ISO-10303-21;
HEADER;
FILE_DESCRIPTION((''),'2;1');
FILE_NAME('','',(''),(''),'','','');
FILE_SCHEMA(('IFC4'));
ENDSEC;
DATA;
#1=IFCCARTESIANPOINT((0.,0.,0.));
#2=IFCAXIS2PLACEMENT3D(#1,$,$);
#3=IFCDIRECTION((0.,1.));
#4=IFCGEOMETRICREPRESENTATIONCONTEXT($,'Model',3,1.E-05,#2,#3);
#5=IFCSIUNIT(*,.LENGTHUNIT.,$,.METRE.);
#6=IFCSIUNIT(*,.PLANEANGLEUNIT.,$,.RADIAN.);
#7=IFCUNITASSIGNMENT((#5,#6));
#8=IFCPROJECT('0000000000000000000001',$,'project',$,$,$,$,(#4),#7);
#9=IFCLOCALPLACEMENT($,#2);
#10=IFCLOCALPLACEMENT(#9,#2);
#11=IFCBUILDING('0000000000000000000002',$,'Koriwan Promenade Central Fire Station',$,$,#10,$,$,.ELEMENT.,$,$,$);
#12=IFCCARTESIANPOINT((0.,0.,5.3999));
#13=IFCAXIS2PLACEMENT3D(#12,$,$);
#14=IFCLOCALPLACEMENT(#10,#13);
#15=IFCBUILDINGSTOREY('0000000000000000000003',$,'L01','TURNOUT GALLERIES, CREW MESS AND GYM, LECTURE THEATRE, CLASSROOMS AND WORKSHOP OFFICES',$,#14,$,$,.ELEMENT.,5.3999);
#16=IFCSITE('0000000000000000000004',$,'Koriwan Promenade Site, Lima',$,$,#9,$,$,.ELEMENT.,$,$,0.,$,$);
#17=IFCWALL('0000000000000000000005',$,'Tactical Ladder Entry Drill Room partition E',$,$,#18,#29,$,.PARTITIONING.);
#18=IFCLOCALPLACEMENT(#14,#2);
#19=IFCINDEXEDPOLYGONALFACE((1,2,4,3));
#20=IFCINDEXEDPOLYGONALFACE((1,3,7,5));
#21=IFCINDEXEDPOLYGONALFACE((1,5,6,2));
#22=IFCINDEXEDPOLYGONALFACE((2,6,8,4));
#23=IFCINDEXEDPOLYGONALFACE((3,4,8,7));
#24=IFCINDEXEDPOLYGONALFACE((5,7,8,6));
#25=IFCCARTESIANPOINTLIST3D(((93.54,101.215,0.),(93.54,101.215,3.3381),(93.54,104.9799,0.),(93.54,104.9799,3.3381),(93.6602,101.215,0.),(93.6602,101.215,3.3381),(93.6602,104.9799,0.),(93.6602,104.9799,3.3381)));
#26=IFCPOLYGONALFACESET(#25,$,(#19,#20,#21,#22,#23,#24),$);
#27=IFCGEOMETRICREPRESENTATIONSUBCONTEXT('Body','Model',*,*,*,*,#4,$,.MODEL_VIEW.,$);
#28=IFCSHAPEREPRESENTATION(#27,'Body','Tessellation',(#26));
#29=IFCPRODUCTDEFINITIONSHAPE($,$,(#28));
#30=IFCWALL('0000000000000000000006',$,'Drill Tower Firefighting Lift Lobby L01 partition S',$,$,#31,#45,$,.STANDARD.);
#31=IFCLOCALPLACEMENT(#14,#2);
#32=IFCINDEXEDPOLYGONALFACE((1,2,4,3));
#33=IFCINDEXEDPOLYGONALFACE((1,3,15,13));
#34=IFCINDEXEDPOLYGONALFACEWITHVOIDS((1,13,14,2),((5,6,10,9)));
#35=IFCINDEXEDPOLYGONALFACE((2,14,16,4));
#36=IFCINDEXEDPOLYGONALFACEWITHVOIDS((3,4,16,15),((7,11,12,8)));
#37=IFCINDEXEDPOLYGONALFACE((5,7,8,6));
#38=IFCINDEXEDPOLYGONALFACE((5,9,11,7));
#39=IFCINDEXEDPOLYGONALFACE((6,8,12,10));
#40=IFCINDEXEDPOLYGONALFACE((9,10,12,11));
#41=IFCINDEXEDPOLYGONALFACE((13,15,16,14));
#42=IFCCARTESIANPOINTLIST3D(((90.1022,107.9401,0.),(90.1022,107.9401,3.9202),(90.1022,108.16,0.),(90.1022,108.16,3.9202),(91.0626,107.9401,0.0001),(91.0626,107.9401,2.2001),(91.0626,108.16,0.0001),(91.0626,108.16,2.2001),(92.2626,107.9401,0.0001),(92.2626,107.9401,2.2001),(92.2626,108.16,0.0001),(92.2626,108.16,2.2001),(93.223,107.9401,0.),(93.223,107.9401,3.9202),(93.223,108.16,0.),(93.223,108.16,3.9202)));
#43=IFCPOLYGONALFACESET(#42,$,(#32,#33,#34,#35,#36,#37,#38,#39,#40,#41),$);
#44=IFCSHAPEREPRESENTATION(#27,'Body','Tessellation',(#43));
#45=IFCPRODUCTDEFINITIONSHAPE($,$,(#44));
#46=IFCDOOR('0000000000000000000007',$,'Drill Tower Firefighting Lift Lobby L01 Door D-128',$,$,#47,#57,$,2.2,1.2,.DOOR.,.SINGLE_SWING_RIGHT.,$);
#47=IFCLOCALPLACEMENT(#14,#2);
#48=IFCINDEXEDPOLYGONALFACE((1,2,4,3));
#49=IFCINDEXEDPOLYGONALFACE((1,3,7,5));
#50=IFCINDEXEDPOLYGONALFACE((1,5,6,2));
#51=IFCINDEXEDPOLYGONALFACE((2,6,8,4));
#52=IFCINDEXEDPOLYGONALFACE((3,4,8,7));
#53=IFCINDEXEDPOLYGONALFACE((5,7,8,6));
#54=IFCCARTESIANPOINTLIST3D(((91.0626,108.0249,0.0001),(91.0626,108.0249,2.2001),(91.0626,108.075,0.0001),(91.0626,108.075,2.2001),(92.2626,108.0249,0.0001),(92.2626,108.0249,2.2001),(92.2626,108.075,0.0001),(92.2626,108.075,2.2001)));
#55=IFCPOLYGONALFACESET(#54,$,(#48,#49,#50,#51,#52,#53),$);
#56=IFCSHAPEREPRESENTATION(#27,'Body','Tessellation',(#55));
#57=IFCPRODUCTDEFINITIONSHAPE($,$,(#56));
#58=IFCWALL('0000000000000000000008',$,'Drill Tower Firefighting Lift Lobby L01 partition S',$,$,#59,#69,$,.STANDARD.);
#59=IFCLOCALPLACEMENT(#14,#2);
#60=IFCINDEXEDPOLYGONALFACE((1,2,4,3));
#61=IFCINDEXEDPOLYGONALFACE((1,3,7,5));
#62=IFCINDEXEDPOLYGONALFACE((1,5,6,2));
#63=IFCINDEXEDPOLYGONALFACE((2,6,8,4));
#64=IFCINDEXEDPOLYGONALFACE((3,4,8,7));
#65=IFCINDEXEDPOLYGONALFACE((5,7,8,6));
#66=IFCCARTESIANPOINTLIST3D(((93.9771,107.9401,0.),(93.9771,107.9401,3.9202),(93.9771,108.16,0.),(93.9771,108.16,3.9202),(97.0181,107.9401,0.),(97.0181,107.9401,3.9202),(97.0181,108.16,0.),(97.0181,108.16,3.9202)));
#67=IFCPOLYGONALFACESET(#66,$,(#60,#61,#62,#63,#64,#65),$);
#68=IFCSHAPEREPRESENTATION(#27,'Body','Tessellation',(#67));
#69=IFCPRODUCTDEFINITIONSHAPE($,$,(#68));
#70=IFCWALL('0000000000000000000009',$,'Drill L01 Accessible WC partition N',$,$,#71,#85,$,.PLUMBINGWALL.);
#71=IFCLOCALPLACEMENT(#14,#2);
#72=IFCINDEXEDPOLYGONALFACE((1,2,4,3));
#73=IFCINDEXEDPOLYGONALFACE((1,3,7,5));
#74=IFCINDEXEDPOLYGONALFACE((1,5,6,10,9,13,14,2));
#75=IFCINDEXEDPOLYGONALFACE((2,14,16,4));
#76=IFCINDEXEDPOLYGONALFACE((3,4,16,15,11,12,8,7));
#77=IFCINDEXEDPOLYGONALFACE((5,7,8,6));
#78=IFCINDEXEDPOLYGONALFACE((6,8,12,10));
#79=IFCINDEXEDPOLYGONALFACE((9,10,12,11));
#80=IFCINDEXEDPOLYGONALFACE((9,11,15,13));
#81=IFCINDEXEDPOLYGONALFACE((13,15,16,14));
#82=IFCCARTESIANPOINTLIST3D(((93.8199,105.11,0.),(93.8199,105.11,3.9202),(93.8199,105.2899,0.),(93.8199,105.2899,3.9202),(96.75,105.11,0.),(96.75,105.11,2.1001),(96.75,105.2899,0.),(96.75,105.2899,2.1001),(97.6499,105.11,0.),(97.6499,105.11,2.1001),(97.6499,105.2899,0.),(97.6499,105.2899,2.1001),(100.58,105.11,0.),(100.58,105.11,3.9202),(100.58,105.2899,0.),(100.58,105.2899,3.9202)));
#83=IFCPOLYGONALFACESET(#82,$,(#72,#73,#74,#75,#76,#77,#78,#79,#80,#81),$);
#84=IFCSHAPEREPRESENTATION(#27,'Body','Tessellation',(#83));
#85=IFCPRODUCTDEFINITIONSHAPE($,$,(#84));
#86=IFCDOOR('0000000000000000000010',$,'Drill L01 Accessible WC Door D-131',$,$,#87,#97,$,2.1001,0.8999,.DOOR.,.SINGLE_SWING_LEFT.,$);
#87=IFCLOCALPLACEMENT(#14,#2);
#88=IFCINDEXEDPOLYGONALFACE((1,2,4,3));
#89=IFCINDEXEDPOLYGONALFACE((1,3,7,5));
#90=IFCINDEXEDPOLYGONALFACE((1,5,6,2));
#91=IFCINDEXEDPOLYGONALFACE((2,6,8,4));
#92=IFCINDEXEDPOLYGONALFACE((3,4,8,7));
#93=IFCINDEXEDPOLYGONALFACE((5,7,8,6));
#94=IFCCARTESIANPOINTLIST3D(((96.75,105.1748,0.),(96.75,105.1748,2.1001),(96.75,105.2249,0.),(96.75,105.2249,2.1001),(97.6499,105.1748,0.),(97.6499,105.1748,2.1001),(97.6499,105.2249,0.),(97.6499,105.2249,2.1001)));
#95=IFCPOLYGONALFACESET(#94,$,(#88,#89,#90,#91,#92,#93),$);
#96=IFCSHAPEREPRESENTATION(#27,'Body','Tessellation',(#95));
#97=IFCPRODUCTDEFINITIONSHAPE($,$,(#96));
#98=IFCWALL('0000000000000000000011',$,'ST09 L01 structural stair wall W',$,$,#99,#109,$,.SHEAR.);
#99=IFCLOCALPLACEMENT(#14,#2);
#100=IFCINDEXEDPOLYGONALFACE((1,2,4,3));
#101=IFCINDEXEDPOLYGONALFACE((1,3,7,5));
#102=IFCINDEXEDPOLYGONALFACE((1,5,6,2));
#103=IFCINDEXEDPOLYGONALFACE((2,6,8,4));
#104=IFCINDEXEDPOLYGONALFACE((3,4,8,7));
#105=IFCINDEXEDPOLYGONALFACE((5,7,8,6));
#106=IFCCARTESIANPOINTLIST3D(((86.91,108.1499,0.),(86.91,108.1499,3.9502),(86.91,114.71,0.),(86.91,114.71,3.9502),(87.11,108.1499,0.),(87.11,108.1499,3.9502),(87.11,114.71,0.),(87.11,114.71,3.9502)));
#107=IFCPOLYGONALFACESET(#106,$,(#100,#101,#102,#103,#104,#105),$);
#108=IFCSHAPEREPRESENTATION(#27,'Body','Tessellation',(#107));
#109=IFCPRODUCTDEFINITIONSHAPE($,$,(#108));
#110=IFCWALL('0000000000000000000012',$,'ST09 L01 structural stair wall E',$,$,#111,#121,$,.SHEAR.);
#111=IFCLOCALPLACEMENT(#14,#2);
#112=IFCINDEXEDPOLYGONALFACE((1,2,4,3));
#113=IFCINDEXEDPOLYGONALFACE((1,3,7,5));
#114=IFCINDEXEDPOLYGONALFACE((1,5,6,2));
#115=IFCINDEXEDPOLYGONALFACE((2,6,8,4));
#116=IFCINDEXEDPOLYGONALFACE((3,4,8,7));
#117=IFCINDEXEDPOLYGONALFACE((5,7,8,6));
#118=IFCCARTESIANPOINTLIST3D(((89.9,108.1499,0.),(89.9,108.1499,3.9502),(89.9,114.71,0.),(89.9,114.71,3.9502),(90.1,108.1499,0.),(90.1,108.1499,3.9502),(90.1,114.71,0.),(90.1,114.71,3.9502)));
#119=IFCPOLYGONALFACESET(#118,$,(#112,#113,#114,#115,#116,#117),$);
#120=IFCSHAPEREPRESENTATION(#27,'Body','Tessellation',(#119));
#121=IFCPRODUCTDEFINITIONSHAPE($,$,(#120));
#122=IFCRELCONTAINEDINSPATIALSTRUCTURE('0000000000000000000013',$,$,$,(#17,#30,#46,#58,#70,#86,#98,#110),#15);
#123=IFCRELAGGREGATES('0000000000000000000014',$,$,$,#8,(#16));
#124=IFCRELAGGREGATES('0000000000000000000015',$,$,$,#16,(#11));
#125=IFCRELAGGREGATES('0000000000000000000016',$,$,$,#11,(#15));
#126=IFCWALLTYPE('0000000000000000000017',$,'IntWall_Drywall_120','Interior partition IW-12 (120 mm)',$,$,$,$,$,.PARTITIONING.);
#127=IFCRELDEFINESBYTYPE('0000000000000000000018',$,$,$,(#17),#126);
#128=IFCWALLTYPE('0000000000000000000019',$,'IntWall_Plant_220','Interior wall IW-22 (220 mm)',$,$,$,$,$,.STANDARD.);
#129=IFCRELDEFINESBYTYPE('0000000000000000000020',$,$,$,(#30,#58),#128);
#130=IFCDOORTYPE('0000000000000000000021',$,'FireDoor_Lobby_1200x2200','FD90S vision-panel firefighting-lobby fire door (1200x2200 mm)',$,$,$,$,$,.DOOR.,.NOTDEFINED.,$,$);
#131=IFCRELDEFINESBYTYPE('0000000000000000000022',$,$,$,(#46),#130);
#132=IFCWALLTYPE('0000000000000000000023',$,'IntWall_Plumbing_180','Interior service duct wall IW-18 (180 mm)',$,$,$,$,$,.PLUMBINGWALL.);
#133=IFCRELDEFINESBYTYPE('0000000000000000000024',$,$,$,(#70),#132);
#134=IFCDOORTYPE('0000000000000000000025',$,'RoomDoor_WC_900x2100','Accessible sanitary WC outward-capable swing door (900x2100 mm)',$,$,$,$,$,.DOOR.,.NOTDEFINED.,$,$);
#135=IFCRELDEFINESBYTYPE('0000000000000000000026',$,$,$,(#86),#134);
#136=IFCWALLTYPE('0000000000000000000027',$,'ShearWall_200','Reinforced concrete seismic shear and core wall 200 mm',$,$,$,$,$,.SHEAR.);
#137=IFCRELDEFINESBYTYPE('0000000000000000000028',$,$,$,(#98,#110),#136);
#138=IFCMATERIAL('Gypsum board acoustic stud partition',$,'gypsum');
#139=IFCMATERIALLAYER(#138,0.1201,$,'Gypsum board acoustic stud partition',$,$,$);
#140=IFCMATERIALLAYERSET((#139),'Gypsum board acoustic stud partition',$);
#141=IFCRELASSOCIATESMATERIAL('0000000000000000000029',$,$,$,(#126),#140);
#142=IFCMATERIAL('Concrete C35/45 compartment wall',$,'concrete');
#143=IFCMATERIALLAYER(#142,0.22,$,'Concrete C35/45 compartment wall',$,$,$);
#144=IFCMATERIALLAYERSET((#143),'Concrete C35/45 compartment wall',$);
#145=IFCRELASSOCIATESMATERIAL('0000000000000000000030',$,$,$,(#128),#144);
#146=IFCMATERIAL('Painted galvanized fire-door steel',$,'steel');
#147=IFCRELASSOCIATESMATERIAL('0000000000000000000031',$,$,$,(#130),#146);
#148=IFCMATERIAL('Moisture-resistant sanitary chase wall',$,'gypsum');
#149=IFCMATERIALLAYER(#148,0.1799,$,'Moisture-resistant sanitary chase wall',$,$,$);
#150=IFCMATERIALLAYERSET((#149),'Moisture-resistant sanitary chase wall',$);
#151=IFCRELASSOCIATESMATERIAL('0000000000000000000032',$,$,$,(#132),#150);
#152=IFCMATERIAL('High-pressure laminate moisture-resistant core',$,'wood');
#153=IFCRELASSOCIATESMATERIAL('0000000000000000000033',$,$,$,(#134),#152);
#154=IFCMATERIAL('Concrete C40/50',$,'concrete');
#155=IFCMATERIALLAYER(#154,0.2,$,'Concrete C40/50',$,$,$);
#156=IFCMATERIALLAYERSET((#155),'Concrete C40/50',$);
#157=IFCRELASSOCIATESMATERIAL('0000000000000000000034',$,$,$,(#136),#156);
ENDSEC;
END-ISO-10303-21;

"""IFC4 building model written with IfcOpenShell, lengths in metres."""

from ifc_helpers import new_model, si_unit, direction, frame, frame_2d, origin, place, context, subcontext, project, spatial, rectangle, extrude, material, layer, layer_set, type_object, element, fill, save


model = new_model("IFC4")

# Units and contexts
model_context = context("Model", 3, precision=1e-05, world=origin(), true_north=direction((0.0, 1.0)))
body_context = subcontext(model_context, "Body", "Model", "MODEL_VIEW")
ifc_project = project(units=[si_unit("LENGTHUNIT", "METRE"), si_unit("PLANEANGLEUNIT", "RADIAN")], contexts=[model_context])

# Site, building, storey
site_placement = place(None, origin())
site = spatial("IfcSite", under=ifc_project, at=site_placement, Name="Koriwan Promenade Site, Lima", CompositionType="ELEMENT", RefElevation=0.0)
building_placement = place(site_placement, origin())
building = spatial("IfcBuilding", under=site, at=building_placement, Name="Koriwan Promenade Central Fire Station", CompositionType="ELEMENT")
storey_placement = place(building_placement, frame((0.0, 0.0, 5.3999)))
storey = spatial("IfcBuildingStorey", under=building, at=storey_placement, Name="L01", Description="TURNOUT GALLERIES, CREW MESS AND GYM, LECTURE THEATRE, CLASSROOMS AND WORKSHOP OFFICES", CompositionType="ELEMENT", Elevation=5.3999)

# Shared definitions
ifc_material_1 = material(Name="Concrete C40/50", Category="concrete")

# Shared definitions
ifc_material_2 = material(Name="Gypsum board acoustic stud partition", Category="gypsum")
ifc_layer_1 = layer(ifc_material_2, 0.1201, Name="Gypsum board acoustic stud partition")
ifc_layer_set_1 = layer_set([ifc_layer_1], Name="Gypsum board acoustic stud partition")
wall_type_1 = type_object("IfcWallType", Name="IntWall_Drywall_120", Description="Interior partition IW-12 (120 mm)", PredefinedType="PARTITIONING", material=ifc_layer_set_1)

# Wall
wall_1_placement = place(storey_placement, frame((93.6001, 101.2151, 0.0), z_axis=(0.0, 0.0, 1.0), x_axis=(0.0, 1.0, 0.0)))
element("IfcWall", 1, at=wall_1_placement, inside=storey, type_object=wall_type_1, Name="Tactical Ladder Entry Drill Room partition E", PredefinedType="PARTITIONING", context=body_context, shape_type="SweptSolid", body=[
    extrude(rectangle(XDim=3.7649, YDim=0.1201, at=frame_2d((1.8823, 0.0))), origin(), (0.0, 0.0, 1.0), 3.3381),
])

# Wall, opening, door
ifc_material_3 = material(Name="Concrete C35/45 compartment wall", Category="concrete")
ifc_layer_2 = layer(ifc_material_3, 0.22, Name="Concrete C35/45 compartment wall")
ifc_layer_set_2 = layer_set([ifc_layer_2], Name="Concrete C35/45 compartment wall")
wall_type_2 = type_object("IfcWallType", Name="IntWall_Plant_220", Description="Interior wall IW-22 (220 mm)", PredefinedType="STANDARD", material=ifc_layer_set_2)
wall_2_placement = place(storey_placement, frame((90.1021, 108.05, 0.0), z_axis=(0.0, 0.0, 1.0), x_axis=(1.0, 0.0, 0.0)))
wall_2 = element("IfcWall", 2, at=wall_2_placement, inside=storey, type_object=wall_type_2, Name="Drill Tower Firefighting Lift Lobby L01 partition S", PredefinedType="STANDARD", context=body_context, shape_type="SweptSolid", body=[
    extrude(rectangle(XDim=3.1208, YDim=0.22, at=frame_2d((1.5605, 0.0))), origin(), (0.0, 0.0, 1.0), 3.9202),
])
opening_1_placement = place(wall_2_placement, frame((0.9604, 0.0, 0.0)))
opening_1 = element("IfcOpeningElement", 3, at=opening_1_placement, cuts=wall_2, PredefinedType="OPENING", context=body_context, shape_type="SweptSolid", body=[
    extrude(rectangle(XDim=1.2, YDim=2.2, at=frame_2d((0.6001, 1.1001))), frame((0.0, 0.1221, 0.0), z_axis=(0.0, -1.0, 0.0), x_axis=(1.0, 0.0, 0.0)), (0.0, 0.0, 1.0), 0.2439),
])
ifc_material_4 = material(Name="Painted galvanized fire-door steel", Category="steel")
door_type_1 = type_object("IfcDoorType", Name="FireDoor_Lobby_1200x2200", Description="FD90S vision-panel firefighting-lobby fire door (1200x2200 mm)", OperationType="NOTDEFINED", PredefinedType="DOOR", material=ifc_material_4)
door_1_placement = place(opening_1_placement, origin())
door_1 = element("IfcDoor", 4, at=door_1_placement, inside=storey, type_object=door_type_1, Name="Drill Tower Firefighting Lift Lobby L01 Door D-128", OperationType="SINGLE_SWING_RIGHT", OverallHeight=2.2, OverallWidth=1.2, PredefinedType="DOOR", context=body_context, shape_type="SweptSolid", body=[
    extrude(rectangle(XDim=1.2, YDim=2.2, at=frame_2d((0.6001, 1.1001))), frame((0.0, 0.0249, 0.0), z_axis=(0.0, -1.0, 0.0), x_axis=(1.0, 0.0, 0.0)), (0.0, 0.0, 1.0), 0.05),
])
fill(opening_1, door_1)

# Wall
wall_3_placement = place(storey_placement, frame((93.9771, 108.05, 0.0), z_axis=(0.0, 0.0, 1.0), x_axis=(1.0, 0.0, 0.0)))
element("IfcWall", 5, at=wall_3_placement, inside=storey, type_object=wall_type_2, Name="Drill Tower Firefighting Lift Lobby L01 partition S", PredefinedType="STANDARD", context=body_context, shape_type="SweptSolid", body=[
    extrude(rectangle(XDim=3.041, YDim=0.22, at=frame_2d((1.5205, 0.0))), origin(), (0.0, 0.0, 1.0), 3.9202),
])

# Wall, opening, door
ifc_material_5 = material(Name="Moisture-resistant sanitary chase wall", Category="gypsum")
ifc_layer_3 = layer(ifc_material_5, 0.1799, Name="Moisture-resistant sanitary chase wall")
ifc_layer_set_3 = layer_set([ifc_layer_3], Name="Moisture-resistant sanitary chase wall")
wall_type_3 = type_object("IfcWallType", Name="IntWall_Plumbing_180", Description="Interior service duct wall IW-18 (180 mm)", PredefinedType="PLUMBINGWALL", material=ifc_layer_set_3)
wall_4_placement = place(storey_placement, frame((93.8201, 105.2, 0.0), z_axis=(0.0, 0.0, 1.0), x_axis=(1.0, 0.0, 0.0)))
wall_4 = element("IfcWall", 6, at=wall_4_placement, inside=storey, type_object=wall_type_3, Name="Drill L01 Accessible WC partition N", PredefinedType="PLUMBINGWALL", context=body_context, shape_type="SweptSolid", body=[
    extrude(rectangle(XDim=6.76, YDim=0.1799, at=frame_2d((3.3799, 0.0))), origin(), (0.0, 0.0, 1.0), 3.9202),
])
opening_2_placement = place(wall_4_placement, frame((2.9299, 0.0, 0.0)))
opening_2 = element("IfcOpeningElement", 7, at=opening_2_placement, cuts=wall_4, PredefinedType="OPENING", context=body_context, shape_type="SweptSolid", body=[
    extrude(rectangle(XDim=0.8999, YDim=2.1001, at=frame_2d((0.45, 1.05))), frame((0.0, 0.1021, 0.0), z_axis=(0.0, -1.0, 0.0), x_axis=(1.0, 0.0, 0.0)), (0.0, 0.0, 1.0), 0.2039),
])
ifc_material_6 = material(Name="High-pressure laminate moisture-resistant core", Category="wood")
door_type_2 = type_object("IfcDoorType", Name="RoomDoor_WC_900x2100", Description="Accessible sanitary WC outward-capable swing door (900x2100 mm)", OperationType="NOTDEFINED", PredefinedType="DOOR", material=ifc_material_6)
door_2_placement = place(opening_2_placement, origin())
door_2 = element("IfcDoor", 8, at=door_2_placement, inside=storey, type_object=door_type_2, Name="Drill L01 Accessible WC Door D-131", OperationType="SINGLE_SWING_LEFT", OverallHeight=2.1001, OverallWidth=0.8999, PredefinedType="DOOR", context=body_context, shape_type="SweptSolid", body=[
    extrude(rectangle(XDim=0.8999, YDim=2.1001, at=frame_2d((0.45, 1.05))), frame((0.0, 0.0249, 0.0), z_axis=(0.0, -1.0, 0.0), x_axis=(1.0, 0.0, 0.0)), (0.0, 0.0, 1.0), 0.05),
])
fill(opening_2, door_2)
ifc_layer_4 = layer(ifc_material_1, 0.2, Name="Concrete C40/50")
ifc_layer_set_4 = layer_set([ifc_layer_4], Name="Concrete C40/50")
wall_type_4 = type_object("IfcWallType", Name="ShearWall_200", Description="Reinforced concrete seismic shear and core wall 200 mm", PredefinedType="SHEAR", material=ifc_layer_set_4)

# Walls
for number, where, z_axis, x_axis, name in (
    (9, (87.01, 108.1499, 0.0), (0.0, 0.0, 1.0), (0.0, 1.0, 0.0), "ST09 L01 structural stair wall W"),
    (10, (90.0, 108.1499, 0.0), (0.0, 0.0, 1.0), (0.0, 1.0, 0.0), "ST09 L01 structural stair wall E"),
):
    element("IfcWall", number, at=place(storey_placement, frame(where, z_axis=z_axis, x_axis=x_axis)), inside=storey, type_object=wall_type_4, Name=name, PredefinedType="SHEAR", context=body_context, shape_type="SweptSolid", body=[
        extrude(rectangle(XDim=6.5601, YDim=0.2, at=frame_2d((3.28, 0.0))), origin(), (0.0, 0.0, 1.0), 3.9502),
    ])

save(model, "model.ifc")
